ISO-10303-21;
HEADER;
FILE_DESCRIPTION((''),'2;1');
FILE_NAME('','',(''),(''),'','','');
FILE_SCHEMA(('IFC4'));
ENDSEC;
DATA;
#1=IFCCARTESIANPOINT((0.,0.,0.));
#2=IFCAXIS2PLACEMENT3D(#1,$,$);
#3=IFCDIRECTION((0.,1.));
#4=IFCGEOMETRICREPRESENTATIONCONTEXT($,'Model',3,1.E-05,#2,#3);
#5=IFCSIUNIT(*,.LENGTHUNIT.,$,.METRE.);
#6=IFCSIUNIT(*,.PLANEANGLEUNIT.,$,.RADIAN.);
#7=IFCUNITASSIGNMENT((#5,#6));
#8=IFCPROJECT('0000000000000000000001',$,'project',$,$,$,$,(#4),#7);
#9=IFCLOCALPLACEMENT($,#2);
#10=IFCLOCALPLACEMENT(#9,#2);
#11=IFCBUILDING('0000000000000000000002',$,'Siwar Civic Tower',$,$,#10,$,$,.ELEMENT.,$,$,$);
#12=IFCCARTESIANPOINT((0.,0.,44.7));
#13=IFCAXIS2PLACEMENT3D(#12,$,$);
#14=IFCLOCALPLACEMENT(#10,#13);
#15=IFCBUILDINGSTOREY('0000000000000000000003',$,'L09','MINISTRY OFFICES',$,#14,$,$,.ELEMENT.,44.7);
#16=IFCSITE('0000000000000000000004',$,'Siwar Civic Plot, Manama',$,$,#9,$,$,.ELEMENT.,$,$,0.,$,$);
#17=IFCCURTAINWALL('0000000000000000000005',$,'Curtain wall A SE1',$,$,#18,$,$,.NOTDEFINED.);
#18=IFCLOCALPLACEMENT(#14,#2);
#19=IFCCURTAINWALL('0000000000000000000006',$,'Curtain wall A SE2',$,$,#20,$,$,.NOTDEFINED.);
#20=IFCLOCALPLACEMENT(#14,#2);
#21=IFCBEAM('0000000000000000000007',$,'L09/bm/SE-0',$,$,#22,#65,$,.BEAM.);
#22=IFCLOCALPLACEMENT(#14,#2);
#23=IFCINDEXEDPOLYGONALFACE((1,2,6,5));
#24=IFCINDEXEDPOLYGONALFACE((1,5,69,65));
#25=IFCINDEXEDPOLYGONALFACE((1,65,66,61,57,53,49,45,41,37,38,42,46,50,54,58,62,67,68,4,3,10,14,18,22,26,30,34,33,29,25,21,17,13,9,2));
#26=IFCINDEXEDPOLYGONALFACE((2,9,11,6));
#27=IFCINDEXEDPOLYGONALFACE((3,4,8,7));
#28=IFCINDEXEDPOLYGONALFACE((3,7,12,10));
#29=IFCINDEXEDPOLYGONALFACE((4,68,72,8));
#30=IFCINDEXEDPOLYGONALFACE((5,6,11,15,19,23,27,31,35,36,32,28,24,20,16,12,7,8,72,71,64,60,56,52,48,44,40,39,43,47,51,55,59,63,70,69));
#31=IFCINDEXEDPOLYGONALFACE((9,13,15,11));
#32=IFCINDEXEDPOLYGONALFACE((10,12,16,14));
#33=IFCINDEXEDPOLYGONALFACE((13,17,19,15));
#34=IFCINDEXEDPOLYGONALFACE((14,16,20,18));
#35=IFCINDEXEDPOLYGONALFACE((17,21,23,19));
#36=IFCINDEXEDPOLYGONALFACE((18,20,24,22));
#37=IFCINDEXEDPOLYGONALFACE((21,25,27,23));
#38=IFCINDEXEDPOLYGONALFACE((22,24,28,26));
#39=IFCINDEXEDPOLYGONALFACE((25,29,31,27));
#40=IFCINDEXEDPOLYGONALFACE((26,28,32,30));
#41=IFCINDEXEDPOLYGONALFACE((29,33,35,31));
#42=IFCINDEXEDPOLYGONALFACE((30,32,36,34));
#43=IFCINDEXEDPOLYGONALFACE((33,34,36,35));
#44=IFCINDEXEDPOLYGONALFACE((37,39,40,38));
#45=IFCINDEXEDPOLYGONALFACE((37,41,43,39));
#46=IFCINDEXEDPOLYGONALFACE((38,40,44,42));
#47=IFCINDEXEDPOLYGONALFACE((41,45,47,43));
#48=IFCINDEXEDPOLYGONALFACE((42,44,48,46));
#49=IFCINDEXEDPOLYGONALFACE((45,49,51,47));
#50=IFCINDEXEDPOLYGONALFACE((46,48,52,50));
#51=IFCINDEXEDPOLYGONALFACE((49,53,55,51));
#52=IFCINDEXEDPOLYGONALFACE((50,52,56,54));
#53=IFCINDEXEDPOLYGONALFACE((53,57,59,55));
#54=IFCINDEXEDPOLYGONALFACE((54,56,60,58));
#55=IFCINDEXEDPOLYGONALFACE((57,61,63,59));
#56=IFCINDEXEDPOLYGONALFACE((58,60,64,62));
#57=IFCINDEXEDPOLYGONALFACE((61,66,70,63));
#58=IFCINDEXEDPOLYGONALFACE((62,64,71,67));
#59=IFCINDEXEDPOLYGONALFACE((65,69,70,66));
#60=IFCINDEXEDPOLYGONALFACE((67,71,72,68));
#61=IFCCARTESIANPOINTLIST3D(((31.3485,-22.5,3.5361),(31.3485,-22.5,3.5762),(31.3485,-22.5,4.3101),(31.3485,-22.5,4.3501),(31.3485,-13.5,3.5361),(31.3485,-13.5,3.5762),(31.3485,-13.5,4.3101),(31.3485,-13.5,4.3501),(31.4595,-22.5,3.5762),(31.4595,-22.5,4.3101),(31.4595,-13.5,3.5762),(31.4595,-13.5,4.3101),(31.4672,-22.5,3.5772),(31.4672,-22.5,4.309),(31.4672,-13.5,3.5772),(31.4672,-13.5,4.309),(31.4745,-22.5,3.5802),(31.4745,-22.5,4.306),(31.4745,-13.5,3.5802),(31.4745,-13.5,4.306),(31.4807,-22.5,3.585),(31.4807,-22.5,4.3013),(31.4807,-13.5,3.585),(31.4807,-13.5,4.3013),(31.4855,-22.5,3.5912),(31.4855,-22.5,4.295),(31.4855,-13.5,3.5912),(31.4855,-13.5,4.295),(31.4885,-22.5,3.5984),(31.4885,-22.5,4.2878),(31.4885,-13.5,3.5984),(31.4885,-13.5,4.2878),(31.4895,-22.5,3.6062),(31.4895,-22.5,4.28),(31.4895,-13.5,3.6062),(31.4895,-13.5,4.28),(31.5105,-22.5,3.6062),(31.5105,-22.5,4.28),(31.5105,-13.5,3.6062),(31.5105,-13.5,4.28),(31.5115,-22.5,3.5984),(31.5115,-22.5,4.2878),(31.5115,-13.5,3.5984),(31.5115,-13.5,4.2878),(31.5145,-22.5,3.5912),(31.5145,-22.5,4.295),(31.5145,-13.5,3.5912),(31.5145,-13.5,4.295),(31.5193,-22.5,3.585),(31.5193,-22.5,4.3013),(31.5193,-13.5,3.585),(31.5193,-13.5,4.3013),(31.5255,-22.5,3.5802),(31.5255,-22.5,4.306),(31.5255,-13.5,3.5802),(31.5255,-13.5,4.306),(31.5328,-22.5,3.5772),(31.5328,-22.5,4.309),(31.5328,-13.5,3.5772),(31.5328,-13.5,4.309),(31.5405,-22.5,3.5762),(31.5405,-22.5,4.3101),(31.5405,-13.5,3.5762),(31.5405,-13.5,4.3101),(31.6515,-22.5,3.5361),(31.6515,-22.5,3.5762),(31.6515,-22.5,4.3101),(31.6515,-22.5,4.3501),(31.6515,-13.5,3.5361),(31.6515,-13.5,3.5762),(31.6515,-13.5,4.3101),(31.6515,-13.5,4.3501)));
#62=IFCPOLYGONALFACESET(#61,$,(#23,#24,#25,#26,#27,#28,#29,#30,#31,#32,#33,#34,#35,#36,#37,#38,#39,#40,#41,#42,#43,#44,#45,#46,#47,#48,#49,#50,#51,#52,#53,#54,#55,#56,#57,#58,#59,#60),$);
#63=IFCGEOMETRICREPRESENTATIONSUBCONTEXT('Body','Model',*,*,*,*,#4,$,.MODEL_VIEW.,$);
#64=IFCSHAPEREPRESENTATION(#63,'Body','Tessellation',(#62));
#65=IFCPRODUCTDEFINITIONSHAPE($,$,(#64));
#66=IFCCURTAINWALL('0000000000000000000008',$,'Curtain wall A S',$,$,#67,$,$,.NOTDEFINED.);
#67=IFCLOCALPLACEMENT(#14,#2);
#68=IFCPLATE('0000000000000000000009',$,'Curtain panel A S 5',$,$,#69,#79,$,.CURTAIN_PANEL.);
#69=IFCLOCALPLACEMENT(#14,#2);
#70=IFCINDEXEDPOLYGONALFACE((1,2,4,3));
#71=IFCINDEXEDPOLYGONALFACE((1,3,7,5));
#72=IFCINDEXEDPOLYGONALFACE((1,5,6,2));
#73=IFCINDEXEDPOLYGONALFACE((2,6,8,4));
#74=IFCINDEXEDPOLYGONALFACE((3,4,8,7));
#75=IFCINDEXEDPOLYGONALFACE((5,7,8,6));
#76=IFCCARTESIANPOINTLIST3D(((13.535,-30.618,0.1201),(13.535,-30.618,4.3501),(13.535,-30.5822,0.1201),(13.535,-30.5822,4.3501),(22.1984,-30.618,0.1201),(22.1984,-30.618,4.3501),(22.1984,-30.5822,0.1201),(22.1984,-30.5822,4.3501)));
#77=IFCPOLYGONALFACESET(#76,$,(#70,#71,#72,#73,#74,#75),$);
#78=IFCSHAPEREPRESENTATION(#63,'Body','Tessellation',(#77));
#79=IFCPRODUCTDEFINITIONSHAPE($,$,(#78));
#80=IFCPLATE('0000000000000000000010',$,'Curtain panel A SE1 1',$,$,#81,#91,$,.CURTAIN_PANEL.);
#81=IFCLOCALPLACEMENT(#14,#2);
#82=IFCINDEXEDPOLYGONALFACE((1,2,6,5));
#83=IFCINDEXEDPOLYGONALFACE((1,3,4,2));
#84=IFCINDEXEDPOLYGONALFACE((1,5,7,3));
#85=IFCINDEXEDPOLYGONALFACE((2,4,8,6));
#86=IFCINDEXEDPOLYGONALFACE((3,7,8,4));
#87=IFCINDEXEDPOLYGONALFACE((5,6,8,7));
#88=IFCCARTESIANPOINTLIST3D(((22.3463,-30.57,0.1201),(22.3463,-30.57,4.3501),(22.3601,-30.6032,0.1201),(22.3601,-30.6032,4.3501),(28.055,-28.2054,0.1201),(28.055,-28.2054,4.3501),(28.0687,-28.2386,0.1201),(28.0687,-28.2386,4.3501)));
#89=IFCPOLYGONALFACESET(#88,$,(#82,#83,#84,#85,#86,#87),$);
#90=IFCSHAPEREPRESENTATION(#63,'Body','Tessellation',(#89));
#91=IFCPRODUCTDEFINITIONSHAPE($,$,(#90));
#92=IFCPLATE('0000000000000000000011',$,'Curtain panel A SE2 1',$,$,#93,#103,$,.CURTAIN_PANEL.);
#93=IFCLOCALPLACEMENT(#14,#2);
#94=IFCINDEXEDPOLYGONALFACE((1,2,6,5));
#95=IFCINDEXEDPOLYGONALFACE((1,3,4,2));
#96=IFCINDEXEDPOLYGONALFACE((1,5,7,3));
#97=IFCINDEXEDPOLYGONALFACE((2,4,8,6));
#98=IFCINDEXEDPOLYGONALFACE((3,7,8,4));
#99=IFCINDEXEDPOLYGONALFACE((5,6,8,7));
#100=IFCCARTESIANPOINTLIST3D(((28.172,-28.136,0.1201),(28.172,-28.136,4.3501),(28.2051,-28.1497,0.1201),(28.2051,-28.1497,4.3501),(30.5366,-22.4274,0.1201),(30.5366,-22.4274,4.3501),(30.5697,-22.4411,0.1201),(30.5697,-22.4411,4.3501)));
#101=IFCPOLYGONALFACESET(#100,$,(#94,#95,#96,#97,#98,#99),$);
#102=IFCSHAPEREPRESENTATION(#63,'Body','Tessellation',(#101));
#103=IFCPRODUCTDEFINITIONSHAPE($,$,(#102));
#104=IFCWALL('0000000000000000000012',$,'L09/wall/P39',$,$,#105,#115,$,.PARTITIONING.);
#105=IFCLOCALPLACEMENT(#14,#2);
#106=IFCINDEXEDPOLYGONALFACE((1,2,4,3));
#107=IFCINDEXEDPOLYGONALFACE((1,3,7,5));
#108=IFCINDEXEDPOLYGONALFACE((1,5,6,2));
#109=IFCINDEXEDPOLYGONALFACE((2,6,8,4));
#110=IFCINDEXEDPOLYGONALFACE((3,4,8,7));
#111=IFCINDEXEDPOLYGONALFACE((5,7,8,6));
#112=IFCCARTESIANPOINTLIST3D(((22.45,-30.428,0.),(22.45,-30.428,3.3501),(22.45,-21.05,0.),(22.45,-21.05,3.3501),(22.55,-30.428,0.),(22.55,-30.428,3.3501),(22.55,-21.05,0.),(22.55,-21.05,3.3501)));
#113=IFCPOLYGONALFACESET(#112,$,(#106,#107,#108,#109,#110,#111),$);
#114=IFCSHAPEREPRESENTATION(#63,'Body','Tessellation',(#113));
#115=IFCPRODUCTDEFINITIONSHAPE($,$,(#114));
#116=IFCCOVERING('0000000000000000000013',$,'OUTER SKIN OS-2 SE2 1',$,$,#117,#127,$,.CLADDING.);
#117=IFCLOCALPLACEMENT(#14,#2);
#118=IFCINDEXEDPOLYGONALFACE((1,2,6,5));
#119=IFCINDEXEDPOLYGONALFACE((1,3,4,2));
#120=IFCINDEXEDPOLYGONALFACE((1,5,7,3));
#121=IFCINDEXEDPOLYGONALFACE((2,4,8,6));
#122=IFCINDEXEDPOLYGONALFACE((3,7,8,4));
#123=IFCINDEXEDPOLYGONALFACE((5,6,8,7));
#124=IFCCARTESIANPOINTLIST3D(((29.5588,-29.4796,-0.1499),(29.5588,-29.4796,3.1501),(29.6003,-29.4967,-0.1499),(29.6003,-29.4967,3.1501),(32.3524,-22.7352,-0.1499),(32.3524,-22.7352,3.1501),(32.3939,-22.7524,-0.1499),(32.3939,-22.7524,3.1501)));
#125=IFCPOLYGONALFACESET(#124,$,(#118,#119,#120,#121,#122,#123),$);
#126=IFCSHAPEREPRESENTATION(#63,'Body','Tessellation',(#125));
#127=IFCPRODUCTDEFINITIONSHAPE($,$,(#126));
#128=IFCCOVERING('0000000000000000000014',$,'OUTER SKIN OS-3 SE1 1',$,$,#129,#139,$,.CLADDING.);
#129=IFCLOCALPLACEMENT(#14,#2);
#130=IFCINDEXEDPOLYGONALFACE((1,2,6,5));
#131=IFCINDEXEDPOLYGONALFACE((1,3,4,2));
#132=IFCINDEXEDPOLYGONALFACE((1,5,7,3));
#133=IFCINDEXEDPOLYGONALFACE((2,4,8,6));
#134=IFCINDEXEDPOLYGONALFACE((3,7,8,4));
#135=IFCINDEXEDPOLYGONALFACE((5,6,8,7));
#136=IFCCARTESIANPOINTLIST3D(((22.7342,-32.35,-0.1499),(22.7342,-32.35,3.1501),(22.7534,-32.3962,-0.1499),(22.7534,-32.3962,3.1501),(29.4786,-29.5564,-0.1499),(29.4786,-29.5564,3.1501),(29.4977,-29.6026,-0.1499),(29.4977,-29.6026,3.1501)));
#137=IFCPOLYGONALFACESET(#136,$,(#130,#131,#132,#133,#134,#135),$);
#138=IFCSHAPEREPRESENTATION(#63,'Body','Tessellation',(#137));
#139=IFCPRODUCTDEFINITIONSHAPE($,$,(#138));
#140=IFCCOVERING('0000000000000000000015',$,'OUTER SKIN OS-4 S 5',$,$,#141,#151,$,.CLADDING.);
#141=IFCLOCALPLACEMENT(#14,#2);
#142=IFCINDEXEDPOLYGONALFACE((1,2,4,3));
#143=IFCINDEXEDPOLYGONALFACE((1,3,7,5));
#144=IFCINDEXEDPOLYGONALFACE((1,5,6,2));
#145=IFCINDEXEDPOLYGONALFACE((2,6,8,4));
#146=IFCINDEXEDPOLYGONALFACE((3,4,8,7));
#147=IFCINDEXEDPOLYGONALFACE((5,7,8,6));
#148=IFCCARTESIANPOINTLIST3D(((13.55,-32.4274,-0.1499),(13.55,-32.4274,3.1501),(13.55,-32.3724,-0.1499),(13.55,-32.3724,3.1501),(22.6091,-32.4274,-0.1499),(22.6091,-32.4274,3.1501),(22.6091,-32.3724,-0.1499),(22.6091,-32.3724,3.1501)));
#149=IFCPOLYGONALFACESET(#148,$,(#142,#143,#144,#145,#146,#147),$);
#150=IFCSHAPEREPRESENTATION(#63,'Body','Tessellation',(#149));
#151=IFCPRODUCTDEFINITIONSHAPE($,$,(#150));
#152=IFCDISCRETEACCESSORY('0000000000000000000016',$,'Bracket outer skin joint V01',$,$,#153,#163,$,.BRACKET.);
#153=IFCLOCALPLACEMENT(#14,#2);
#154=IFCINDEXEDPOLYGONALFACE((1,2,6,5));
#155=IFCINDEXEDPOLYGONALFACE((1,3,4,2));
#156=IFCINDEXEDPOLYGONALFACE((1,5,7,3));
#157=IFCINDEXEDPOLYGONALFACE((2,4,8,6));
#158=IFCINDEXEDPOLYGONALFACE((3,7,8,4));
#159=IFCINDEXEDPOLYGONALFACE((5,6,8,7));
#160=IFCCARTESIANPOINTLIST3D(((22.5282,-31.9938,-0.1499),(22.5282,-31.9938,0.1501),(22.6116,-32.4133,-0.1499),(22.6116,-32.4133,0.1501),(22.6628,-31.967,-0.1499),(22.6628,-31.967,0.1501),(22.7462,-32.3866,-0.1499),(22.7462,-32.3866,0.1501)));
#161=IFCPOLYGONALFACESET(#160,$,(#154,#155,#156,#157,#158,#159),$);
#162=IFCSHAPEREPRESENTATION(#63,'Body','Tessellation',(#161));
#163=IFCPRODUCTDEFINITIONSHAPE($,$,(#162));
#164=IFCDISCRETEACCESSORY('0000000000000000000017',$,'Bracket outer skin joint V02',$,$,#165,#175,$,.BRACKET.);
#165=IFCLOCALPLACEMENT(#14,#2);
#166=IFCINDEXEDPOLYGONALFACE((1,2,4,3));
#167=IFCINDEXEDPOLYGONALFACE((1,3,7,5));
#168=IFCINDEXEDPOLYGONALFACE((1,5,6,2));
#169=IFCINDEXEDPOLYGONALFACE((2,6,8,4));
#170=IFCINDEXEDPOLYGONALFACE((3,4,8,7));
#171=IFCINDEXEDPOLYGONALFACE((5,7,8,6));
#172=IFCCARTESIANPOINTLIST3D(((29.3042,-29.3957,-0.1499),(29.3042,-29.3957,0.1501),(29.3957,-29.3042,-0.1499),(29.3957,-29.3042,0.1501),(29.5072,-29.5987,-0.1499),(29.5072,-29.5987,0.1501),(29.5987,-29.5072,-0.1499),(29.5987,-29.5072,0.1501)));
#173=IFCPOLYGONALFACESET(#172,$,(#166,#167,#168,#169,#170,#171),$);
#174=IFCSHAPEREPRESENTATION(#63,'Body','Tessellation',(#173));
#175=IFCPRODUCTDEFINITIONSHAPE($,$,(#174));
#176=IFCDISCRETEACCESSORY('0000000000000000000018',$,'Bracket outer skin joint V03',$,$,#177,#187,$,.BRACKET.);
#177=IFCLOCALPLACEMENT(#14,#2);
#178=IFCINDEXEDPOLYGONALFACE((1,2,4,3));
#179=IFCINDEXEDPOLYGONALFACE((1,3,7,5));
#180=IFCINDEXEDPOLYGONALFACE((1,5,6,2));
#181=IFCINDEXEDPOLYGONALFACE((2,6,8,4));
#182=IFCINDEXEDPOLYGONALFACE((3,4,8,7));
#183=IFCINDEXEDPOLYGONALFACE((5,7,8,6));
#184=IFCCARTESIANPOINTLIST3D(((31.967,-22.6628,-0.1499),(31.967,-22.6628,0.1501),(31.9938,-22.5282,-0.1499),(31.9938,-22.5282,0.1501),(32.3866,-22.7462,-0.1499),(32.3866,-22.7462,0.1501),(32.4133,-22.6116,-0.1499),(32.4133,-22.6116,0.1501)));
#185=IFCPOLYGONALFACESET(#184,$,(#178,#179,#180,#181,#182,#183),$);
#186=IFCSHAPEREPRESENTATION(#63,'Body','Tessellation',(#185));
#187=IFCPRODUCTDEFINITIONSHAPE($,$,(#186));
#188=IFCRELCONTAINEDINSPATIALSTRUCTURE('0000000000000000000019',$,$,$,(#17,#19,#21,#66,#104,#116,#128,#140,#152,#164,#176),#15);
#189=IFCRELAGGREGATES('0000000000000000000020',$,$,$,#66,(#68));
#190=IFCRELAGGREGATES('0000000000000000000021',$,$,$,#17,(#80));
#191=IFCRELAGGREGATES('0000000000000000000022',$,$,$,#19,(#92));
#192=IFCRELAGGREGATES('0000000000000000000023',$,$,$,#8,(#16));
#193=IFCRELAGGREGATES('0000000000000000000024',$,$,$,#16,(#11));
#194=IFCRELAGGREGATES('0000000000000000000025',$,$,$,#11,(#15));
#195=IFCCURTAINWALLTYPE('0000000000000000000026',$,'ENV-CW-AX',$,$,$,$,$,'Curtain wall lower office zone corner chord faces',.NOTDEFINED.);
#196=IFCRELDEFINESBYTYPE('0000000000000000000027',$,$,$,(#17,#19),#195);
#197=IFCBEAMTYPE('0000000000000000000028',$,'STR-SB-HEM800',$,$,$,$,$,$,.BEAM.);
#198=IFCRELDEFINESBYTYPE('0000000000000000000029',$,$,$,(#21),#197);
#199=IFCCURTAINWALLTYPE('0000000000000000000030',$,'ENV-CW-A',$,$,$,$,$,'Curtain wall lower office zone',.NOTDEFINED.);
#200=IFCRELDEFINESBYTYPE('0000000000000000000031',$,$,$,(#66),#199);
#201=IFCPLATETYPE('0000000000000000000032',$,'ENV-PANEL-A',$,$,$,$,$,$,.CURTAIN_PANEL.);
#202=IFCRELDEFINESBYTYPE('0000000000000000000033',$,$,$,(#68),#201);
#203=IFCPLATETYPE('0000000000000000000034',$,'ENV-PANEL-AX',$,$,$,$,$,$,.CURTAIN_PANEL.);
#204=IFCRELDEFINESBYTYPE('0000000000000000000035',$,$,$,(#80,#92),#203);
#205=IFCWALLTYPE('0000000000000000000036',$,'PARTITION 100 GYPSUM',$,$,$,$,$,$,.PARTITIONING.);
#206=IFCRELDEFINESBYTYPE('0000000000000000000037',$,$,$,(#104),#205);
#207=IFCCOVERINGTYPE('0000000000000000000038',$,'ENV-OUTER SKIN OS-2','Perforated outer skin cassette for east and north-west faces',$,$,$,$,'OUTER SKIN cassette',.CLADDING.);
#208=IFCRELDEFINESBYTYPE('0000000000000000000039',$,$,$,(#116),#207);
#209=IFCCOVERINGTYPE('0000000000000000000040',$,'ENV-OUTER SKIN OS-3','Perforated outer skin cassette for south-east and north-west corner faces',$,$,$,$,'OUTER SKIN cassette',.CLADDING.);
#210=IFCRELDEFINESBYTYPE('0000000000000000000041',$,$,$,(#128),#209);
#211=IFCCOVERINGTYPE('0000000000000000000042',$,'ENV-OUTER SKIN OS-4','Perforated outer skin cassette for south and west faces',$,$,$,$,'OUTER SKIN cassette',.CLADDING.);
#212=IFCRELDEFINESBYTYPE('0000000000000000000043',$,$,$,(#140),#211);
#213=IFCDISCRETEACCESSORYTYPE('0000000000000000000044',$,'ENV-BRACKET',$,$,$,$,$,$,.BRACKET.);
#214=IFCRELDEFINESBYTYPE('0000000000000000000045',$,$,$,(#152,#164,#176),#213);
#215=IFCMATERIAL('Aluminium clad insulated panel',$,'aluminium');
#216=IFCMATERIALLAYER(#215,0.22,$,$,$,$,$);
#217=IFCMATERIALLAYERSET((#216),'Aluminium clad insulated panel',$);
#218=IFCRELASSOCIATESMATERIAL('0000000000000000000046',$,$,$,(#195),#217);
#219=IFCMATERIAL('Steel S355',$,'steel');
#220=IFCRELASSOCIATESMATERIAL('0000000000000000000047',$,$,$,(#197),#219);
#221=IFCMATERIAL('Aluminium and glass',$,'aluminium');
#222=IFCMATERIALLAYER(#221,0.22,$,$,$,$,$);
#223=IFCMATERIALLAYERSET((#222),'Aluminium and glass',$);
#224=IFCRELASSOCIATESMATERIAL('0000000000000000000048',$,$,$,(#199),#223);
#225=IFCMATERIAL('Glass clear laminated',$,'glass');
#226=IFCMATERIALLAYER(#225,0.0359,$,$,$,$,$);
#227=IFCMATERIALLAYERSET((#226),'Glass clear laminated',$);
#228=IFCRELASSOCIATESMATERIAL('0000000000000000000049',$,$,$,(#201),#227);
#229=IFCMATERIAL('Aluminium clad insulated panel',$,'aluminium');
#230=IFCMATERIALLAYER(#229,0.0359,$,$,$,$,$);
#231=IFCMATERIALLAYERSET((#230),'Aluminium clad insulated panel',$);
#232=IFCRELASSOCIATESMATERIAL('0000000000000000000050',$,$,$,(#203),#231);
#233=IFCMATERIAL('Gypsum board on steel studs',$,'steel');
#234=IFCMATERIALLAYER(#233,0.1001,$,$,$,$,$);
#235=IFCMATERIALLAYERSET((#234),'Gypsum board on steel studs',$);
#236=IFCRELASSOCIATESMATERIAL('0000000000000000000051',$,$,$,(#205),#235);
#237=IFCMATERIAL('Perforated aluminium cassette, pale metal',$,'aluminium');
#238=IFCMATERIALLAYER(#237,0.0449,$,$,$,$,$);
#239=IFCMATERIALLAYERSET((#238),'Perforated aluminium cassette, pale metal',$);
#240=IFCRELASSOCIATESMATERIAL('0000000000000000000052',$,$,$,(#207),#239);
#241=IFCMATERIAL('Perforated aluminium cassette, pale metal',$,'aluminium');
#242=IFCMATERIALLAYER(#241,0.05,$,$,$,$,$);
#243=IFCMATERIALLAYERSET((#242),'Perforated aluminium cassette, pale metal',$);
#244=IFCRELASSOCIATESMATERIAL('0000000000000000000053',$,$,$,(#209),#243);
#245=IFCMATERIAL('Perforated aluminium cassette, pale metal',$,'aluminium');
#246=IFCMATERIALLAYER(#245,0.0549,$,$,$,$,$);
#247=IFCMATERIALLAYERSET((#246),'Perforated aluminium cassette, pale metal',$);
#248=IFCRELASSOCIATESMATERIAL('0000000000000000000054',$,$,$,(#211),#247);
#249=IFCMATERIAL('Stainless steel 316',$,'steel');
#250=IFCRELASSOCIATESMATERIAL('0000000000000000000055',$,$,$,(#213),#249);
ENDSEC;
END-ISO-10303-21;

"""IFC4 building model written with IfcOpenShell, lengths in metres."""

from ifc_helpers import new_model, si_unit, direction, frame, frame_2d, origin, origin_2d, place, context, subcontext, project, spatial, rectangle, i_section, extrude, material, layer, layer_set, material_profile, profile_set, type_object, element, aggregate, save


model = new_model("IFC4")

# Units and contexts
model_context = context("Model", 3, precision=1e-05, world=origin(), true_north=direction((0.0, 1.0)))
body_context = subcontext(model_context, "Body", "Model", "MODEL_VIEW")
ifc_project = project(units=[si_unit("LENGTHUNIT", "METRE"), si_unit("PLANEANGLEUNIT", "RADIAN")], contexts=[model_context])

# Site, building, storey
site_placement = place(None, origin())
site = spatial("IfcSite", under=ifc_project, at=site_placement, Name="Siwar Civic Plot, Manama", CompositionType="ELEMENT", RefElevation=0.0)
building_placement = place(site_placement, origin())
building = spatial("IfcBuilding", under=site, at=building_placement, Name="Siwar Civic Tower", CompositionType="ELEMENT")
storey_placement = place(building_placement, frame((0.0, 0.0, 44.7)))
storey = spatial("IfcBuildingStorey", under=building, at=storey_placement, Name="L09", Description="MINISTRY OFFICES", CompositionType="ELEMENT", Elevation=44.7)

# Curtain walls
ifc_material_1 = material(Name="Aluminium clad insulated panel", Category="aluminium")
ifc_layer_1 = layer(ifc_material_1, 0.22)
ifc_layer_set_1 = layer_set([ifc_layer_1], Name="Aluminium clad insulated panel")
curtain_wall_type_1 = type_object("IfcCurtainWallType", Name="ENV-CW-AX", ElementType="Curtain wall lower office zone corner chord faces", PredefinedType="NOTDEFINED", material=ifc_layer_set_1)
curtain_wall_1_placement = place(storey_placement, origin())
curtain_wall_1 = element("IfcCurtainWall", 1, at=curtain_wall_1_placement, inside=storey, type_object=curtain_wall_type_1, Name="Curtain wall A SE1", PredefinedType="NOTDEFINED")
curtain_wall_2_placement = place(storey_placement, origin())
curtain_wall_2 = element("IfcCurtainWall", 2, at=curtain_wall_2_placement, inside=storey, type_object=curtain_wall_type_1, Name="Curtain wall A SE2", PredefinedType="NOTDEFINED")

# Beam
ifc_material_2 = material(Name="Steel S355", Category="steel")
ifc_material_profile_1 = material_profile(ifc_material_2, i_section(OverallWidth=0.303, OverallDepth=0.814, WebThickness=0.021, FlangeThickness=0.04, FilletRadius=0.03, at=origin_2d()), Name="HEM800")
ifc_profile_set_1 = profile_set([ifc_material_profile_1], Name="Steel S355")
beam_type_1 = type_object("IfcBeamType", Name="STR-SB-HEM800", PredefinedType="BEAM", material=ifc_profile_set_1)
beam_1_placement = place(storey_placement, frame((31.5, -22.5, 3.9431), z_axis=(0.0, 1.0, 0.0), x_axis=(-1.0, 0.0, 0.0)))
element("IfcBeam", 3, at=beam_1_placement, inside=storey, type_object=beam_type_1, Name="L09/bm/SE-0", PredefinedType="BEAM", context=body_context, shape_type="SweptSolid", body=[
    extrude(i_section(OverallWidth=0.303, OverallDepth=0.814, WebThickness=0.021, FlangeThickness=0.04, FilletRadius=0.03, at=origin_2d()), origin(), (0.0, 0.0, 1.0), 9.0),
])

# Curtain wall, plate
ifc_material_3 = material(Name="Aluminium and glass", Category="aluminium")
ifc_layer_2 = layer(ifc_material_3, 0.22)
ifc_layer_set_2 = layer_set([ifc_layer_2], Name="Aluminium and glass")
curtain_wall_type_2 = type_object("IfcCurtainWallType", Name="ENV-CW-A", ElementType="Curtain wall lower office zone", PredefinedType="NOTDEFINED", material=ifc_layer_set_2)
curtain_wall_3_placement = place(storey_placement, origin())
curtain_wall_3 = element("IfcCurtainWall", 4, at=curtain_wall_3_placement, inside=storey, type_object=curtain_wall_type_2, Name="Curtain wall A S", PredefinedType="NOTDEFINED")
ifc_material_4 = material(Name="Glass clear laminated", Category="glass")
ifc_layer_3 = layer(ifc_material_4, 0.0359)
ifc_layer_set_3 = layer_set([ifc_layer_3], Name="Glass clear laminated")
plate_type_1 = type_object("IfcPlateType", Name="ENV-PANEL-A", PredefinedType="CURTAIN_PANEL", material=ifc_layer_set_3)
plate_1_placement = place(storey_placement, frame((17.8667, -30.6001, 0.1201), z_axis=(0.0, 0.0, 1.0), x_axis=(1.0, 0.0, 0.0)))
plate_1 = element("IfcPlate", 5, at=plate_1_placement, type_object=plate_type_1, Name="Curtain panel A S 5", PredefinedType="CURTAIN_PANEL", context=body_context, shape_type="SweptSolid", body=[
    extrude(rectangle(XDim=8.6633, YDim=0.0359, at=origin_2d()), origin(), (0.0, 0.0, 1.0), 4.23),
])
aggregate(curtain_wall_3, [plate_1])

# Plates
ifc_material_5 = material(Name="Aluminium clad insulated panel", Category="aluminium")
ifc_layer_4 = layer(ifc_material_5, 0.0359)
ifc_layer_set_4 = layer_set([ifc_layer_4], Name="Aluminium clad insulated panel")
plate_type_2 = type_object("IfcPlateType", Name="ENV-PANEL-AX", PredefinedType="CURTAIN_PANEL", material=ifc_layer_set_4)
plate_2_placement = place(storey_placement, frame((25.2075, -29.4043, 0.1201), z_axis=(0.0, 0.0, 1.0), x_axis=(0.92388, 0.382683, 0.0)))
plate_2 = element("IfcPlate", 6, at=plate_2_placement, type_object=plate_type_2, Name="Curtain panel A SE1 1", PredefinedType="CURTAIN_PANEL", context=body_context, shape_type="SweptSolid", body=[
    extrude(rectangle(XDim=6.179, YDim=0.0359, at=origin_2d()), origin(), (0.0, 0.0, 1.0), 4.23),
])
aggregate(curtain_wall_1, [plate_2])
plate_3_placement = place(storey_placement, frame((29.3708, -25.2886, 0.1201), z_axis=(0.0, 0.0, 1.0), x_axis=(0.382683, 0.92388, 0.0)))
plate_3 = element("IfcPlate", 7, at=plate_3_placement, type_object=plate_type_2, Name="Curtain panel A SE2 1", PredefinedType="CURTAIN_PANEL", context=body_context, shape_type="SweptSolid", body=[
    extrude(rectangle(XDim=6.179, YDim=0.0359, at=origin_2d()), origin(), (0.0, 0.0, 1.0), 4.23),
])
aggregate(curtain_wall_2, [plate_3])

# Wall
ifc_material_6 = material(Name="Gypsum board on steel studs", Category="steel")
ifc_layer_5 = layer(ifc_material_6, 0.1001)
ifc_layer_set_5 = layer_set([ifc_layer_5], Name="Gypsum board on steel studs")
wall_type = type_object("IfcWallType", Name="PARTITION 100 GYPSUM", PredefinedType="PARTITIONING", material=ifc_layer_set_5)
wall_placement = place(storey_placement, frame((22.5, -30.428, 0.0), z_axis=(0.0, 0.0, 1.0), x_axis=(0.0, 1.0, 0.0)))
element("IfcWall", 8, at=wall_placement, inside=storey, type_object=wall_type, Name="L09/wall/P39", PredefinedType="PARTITIONING", context=body_context, shape_type="SweptSolid", body=[
    extrude(rectangle(XDim=9.3779, YDim=0.1001, at=frame_2d((4.689, 0.0))), origin(), (0.0, 0.0, 1.0), 3.3501),
])

# Coverings
ifc_material_7 = material(Name="Perforated aluminium cassette, pale metal", Category="aluminium")
ifc_layer_6 = layer(ifc_material_7, 0.0449)
ifc_layer_set_6 = layer_set([ifc_layer_6], Name="Perforated aluminium cassette, pale metal")
covering_type_1 = type_object("IfcCoveringType", Name="ENV-OUTER SKIN OS-2", Description="Perforated outer skin cassette for east and north-west faces", ElementType="OUTER SKIN cassette", PredefinedType="CLADDING", material=ifc_layer_set_6)
covering_1_placement = place(storey_placement, frame((30.9763, -26.116, -0.1499), z_axis=(0.0, 0.0, 1.0), x_axis=(0.382683, 0.92388, 0.0)))
element("IfcCovering", 9, at=covering_1_placement, inside=storey, type_object=covering_type_1, Name="OUTER SKIN OS-2 SE2 1", PredefinedType="CLADDING", context=body_context, shape_type="SweptSolid", body=[
    extrude(rectangle(XDim=7.3, YDim=0.0449, at=origin_2d()), origin(), (0.0, 0.0, 1.0), 3.3),
])
ifc_material_8 = material(Name="Perforated aluminium cassette, pale metal", Category="aluminium")
ifc_layer_7 = layer(ifc_material_8, 0.05)
ifc_layer_set_7 = layer_set([ifc_layer_7], Name="Perforated aluminium cassette, pale metal")
covering_type_2 = type_object("IfcCoveringType", Name="ENV-OUTER SKIN OS-3", Description="Perforated outer skin cassette for south-east and north-west corner faces", ElementType="OUTER SKIN cassette", PredefinedType="CLADDING", material=ifc_layer_set_7)
covering_2_placement = place(storey_placement, frame((26.116, -30.9763, -0.1499), z_axis=(0.0, 0.0, 1.0), x_axis=(0.92388, 0.382683, 0.0)))
element("IfcCovering", 10, at=covering_2_placement, inside=storey, type_object=covering_type_2, Name="OUTER SKIN OS-3 SE1 1", PredefinedType="CLADDING", context=body_context, shape_type="SweptSolid", body=[
    extrude(rectangle(XDim=7.3, YDim=0.05, at=origin_2d()), origin(), (0.0, 0.0, 1.0), 3.3),
])
ifc_material_9 = material(Name="Perforated aluminium cassette, pale metal", Category="aluminium")
ifc_layer_8 = layer(ifc_material_9, 0.0549)
ifc_layer_set_8 = layer_set([ifc_layer_8], Name="Perforated aluminium cassette, pale metal")
covering_type_3 = type_object("IfcCoveringType", Name="ENV-OUTER SKIN OS-4", Description="Perforated outer skin cassette for south and west faces", ElementType="OUTER SKIN cassette", PredefinedType="CLADDING", material=ifc_layer_set_8)
covering_3_placement = place(storey_placement, frame((18.0796, -32.3999, -0.1499), z_axis=(0.0, 0.0, 1.0), x_axis=(1.0, 0.0, 0.0)))
element("IfcCovering", 11, at=covering_3_placement, inside=storey, type_object=covering_type_3, Name="OUTER SKIN OS-4 S 5", PredefinedType="CLADDING", context=body_context, shape_type="SweptSolid", body=[
    extrude(rectangle(XDim=9.0591, YDim=0.0549, at=origin_2d()), origin(), (0.0, 0.0, 1.0), 3.3),
])

# Discrete accessories
ifc_material_10 = material(Name="Stainless steel 316", Category="steel")
discrete_accessory_type = type_object("IfcDiscreteAccessoryType", Name="ENV-BRACKET", PredefinedType="BRACKET", material=ifc_material_10)
discrete_accessory_1_placement = place(storey_placement, frame((22.6372, -32.1902, -0.1499), z_axis=(0.0, 0.0, 1.0), x_axis=(0.19509, -0.980785, 0.0)))
element("IfcDiscreteAccessory", 12, at=discrete_accessory_1_placement, inside=storey, type_object=discrete_accessory_type, Name="Bracket outer skin joint V01", PredefinedType="BRACKET", context=body_context, shape_type="SweptSolid", body=[
    extrude(rectangle(XDim=0.4277, YDim=0.1372, at=origin_2d()), origin(), (0.0, 0.0, 1.0), 0.3),
])
discrete_accessory_2_placement = place(storey_placement, frame((29.4514, -29.4514, -0.1499), z_axis=(0.0, 0.0, 1.0), x_axis=(0.707107, -0.707107, 0.0)))
element("IfcDiscreteAccessory", 13, at=discrete_accessory_2_placement, inside=storey, type_object=discrete_accessory_type, Name="Bracket outer skin joint V02", PredefinedType="BRACKET", context=body_context, shape_type="SweptSolid", body=[
    extrude(rectangle(XDim=0.2871, YDim=0.1294, at=origin_2d()), origin(), (0.0, 0.0, 1.0), 0.3),
])
discrete_accessory_3_placement = place(storey_placement, frame((32.1902, -22.6372, -0.1499), z_axis=(0.0, 0.0, 1.0), x_axis=(0.980785, -0.19509, 0.0)))
element("IfcDiscreteAccessory", 14, at=discrete_accessory_3_placement, inside=storey, type_object=discrete_accessory_type, Name="Bracket outer skin joint V03", PredefinedType="BRACKET", context=body_context, shape_type="SweptSolid", body=[
    extrude(rectangle(XDim=0.4277, YDim=0.1372, at=origin_2d()), origin(), (0.0, 0.0, 1.0), 0.3),
])

save(model, "model.ifc")
